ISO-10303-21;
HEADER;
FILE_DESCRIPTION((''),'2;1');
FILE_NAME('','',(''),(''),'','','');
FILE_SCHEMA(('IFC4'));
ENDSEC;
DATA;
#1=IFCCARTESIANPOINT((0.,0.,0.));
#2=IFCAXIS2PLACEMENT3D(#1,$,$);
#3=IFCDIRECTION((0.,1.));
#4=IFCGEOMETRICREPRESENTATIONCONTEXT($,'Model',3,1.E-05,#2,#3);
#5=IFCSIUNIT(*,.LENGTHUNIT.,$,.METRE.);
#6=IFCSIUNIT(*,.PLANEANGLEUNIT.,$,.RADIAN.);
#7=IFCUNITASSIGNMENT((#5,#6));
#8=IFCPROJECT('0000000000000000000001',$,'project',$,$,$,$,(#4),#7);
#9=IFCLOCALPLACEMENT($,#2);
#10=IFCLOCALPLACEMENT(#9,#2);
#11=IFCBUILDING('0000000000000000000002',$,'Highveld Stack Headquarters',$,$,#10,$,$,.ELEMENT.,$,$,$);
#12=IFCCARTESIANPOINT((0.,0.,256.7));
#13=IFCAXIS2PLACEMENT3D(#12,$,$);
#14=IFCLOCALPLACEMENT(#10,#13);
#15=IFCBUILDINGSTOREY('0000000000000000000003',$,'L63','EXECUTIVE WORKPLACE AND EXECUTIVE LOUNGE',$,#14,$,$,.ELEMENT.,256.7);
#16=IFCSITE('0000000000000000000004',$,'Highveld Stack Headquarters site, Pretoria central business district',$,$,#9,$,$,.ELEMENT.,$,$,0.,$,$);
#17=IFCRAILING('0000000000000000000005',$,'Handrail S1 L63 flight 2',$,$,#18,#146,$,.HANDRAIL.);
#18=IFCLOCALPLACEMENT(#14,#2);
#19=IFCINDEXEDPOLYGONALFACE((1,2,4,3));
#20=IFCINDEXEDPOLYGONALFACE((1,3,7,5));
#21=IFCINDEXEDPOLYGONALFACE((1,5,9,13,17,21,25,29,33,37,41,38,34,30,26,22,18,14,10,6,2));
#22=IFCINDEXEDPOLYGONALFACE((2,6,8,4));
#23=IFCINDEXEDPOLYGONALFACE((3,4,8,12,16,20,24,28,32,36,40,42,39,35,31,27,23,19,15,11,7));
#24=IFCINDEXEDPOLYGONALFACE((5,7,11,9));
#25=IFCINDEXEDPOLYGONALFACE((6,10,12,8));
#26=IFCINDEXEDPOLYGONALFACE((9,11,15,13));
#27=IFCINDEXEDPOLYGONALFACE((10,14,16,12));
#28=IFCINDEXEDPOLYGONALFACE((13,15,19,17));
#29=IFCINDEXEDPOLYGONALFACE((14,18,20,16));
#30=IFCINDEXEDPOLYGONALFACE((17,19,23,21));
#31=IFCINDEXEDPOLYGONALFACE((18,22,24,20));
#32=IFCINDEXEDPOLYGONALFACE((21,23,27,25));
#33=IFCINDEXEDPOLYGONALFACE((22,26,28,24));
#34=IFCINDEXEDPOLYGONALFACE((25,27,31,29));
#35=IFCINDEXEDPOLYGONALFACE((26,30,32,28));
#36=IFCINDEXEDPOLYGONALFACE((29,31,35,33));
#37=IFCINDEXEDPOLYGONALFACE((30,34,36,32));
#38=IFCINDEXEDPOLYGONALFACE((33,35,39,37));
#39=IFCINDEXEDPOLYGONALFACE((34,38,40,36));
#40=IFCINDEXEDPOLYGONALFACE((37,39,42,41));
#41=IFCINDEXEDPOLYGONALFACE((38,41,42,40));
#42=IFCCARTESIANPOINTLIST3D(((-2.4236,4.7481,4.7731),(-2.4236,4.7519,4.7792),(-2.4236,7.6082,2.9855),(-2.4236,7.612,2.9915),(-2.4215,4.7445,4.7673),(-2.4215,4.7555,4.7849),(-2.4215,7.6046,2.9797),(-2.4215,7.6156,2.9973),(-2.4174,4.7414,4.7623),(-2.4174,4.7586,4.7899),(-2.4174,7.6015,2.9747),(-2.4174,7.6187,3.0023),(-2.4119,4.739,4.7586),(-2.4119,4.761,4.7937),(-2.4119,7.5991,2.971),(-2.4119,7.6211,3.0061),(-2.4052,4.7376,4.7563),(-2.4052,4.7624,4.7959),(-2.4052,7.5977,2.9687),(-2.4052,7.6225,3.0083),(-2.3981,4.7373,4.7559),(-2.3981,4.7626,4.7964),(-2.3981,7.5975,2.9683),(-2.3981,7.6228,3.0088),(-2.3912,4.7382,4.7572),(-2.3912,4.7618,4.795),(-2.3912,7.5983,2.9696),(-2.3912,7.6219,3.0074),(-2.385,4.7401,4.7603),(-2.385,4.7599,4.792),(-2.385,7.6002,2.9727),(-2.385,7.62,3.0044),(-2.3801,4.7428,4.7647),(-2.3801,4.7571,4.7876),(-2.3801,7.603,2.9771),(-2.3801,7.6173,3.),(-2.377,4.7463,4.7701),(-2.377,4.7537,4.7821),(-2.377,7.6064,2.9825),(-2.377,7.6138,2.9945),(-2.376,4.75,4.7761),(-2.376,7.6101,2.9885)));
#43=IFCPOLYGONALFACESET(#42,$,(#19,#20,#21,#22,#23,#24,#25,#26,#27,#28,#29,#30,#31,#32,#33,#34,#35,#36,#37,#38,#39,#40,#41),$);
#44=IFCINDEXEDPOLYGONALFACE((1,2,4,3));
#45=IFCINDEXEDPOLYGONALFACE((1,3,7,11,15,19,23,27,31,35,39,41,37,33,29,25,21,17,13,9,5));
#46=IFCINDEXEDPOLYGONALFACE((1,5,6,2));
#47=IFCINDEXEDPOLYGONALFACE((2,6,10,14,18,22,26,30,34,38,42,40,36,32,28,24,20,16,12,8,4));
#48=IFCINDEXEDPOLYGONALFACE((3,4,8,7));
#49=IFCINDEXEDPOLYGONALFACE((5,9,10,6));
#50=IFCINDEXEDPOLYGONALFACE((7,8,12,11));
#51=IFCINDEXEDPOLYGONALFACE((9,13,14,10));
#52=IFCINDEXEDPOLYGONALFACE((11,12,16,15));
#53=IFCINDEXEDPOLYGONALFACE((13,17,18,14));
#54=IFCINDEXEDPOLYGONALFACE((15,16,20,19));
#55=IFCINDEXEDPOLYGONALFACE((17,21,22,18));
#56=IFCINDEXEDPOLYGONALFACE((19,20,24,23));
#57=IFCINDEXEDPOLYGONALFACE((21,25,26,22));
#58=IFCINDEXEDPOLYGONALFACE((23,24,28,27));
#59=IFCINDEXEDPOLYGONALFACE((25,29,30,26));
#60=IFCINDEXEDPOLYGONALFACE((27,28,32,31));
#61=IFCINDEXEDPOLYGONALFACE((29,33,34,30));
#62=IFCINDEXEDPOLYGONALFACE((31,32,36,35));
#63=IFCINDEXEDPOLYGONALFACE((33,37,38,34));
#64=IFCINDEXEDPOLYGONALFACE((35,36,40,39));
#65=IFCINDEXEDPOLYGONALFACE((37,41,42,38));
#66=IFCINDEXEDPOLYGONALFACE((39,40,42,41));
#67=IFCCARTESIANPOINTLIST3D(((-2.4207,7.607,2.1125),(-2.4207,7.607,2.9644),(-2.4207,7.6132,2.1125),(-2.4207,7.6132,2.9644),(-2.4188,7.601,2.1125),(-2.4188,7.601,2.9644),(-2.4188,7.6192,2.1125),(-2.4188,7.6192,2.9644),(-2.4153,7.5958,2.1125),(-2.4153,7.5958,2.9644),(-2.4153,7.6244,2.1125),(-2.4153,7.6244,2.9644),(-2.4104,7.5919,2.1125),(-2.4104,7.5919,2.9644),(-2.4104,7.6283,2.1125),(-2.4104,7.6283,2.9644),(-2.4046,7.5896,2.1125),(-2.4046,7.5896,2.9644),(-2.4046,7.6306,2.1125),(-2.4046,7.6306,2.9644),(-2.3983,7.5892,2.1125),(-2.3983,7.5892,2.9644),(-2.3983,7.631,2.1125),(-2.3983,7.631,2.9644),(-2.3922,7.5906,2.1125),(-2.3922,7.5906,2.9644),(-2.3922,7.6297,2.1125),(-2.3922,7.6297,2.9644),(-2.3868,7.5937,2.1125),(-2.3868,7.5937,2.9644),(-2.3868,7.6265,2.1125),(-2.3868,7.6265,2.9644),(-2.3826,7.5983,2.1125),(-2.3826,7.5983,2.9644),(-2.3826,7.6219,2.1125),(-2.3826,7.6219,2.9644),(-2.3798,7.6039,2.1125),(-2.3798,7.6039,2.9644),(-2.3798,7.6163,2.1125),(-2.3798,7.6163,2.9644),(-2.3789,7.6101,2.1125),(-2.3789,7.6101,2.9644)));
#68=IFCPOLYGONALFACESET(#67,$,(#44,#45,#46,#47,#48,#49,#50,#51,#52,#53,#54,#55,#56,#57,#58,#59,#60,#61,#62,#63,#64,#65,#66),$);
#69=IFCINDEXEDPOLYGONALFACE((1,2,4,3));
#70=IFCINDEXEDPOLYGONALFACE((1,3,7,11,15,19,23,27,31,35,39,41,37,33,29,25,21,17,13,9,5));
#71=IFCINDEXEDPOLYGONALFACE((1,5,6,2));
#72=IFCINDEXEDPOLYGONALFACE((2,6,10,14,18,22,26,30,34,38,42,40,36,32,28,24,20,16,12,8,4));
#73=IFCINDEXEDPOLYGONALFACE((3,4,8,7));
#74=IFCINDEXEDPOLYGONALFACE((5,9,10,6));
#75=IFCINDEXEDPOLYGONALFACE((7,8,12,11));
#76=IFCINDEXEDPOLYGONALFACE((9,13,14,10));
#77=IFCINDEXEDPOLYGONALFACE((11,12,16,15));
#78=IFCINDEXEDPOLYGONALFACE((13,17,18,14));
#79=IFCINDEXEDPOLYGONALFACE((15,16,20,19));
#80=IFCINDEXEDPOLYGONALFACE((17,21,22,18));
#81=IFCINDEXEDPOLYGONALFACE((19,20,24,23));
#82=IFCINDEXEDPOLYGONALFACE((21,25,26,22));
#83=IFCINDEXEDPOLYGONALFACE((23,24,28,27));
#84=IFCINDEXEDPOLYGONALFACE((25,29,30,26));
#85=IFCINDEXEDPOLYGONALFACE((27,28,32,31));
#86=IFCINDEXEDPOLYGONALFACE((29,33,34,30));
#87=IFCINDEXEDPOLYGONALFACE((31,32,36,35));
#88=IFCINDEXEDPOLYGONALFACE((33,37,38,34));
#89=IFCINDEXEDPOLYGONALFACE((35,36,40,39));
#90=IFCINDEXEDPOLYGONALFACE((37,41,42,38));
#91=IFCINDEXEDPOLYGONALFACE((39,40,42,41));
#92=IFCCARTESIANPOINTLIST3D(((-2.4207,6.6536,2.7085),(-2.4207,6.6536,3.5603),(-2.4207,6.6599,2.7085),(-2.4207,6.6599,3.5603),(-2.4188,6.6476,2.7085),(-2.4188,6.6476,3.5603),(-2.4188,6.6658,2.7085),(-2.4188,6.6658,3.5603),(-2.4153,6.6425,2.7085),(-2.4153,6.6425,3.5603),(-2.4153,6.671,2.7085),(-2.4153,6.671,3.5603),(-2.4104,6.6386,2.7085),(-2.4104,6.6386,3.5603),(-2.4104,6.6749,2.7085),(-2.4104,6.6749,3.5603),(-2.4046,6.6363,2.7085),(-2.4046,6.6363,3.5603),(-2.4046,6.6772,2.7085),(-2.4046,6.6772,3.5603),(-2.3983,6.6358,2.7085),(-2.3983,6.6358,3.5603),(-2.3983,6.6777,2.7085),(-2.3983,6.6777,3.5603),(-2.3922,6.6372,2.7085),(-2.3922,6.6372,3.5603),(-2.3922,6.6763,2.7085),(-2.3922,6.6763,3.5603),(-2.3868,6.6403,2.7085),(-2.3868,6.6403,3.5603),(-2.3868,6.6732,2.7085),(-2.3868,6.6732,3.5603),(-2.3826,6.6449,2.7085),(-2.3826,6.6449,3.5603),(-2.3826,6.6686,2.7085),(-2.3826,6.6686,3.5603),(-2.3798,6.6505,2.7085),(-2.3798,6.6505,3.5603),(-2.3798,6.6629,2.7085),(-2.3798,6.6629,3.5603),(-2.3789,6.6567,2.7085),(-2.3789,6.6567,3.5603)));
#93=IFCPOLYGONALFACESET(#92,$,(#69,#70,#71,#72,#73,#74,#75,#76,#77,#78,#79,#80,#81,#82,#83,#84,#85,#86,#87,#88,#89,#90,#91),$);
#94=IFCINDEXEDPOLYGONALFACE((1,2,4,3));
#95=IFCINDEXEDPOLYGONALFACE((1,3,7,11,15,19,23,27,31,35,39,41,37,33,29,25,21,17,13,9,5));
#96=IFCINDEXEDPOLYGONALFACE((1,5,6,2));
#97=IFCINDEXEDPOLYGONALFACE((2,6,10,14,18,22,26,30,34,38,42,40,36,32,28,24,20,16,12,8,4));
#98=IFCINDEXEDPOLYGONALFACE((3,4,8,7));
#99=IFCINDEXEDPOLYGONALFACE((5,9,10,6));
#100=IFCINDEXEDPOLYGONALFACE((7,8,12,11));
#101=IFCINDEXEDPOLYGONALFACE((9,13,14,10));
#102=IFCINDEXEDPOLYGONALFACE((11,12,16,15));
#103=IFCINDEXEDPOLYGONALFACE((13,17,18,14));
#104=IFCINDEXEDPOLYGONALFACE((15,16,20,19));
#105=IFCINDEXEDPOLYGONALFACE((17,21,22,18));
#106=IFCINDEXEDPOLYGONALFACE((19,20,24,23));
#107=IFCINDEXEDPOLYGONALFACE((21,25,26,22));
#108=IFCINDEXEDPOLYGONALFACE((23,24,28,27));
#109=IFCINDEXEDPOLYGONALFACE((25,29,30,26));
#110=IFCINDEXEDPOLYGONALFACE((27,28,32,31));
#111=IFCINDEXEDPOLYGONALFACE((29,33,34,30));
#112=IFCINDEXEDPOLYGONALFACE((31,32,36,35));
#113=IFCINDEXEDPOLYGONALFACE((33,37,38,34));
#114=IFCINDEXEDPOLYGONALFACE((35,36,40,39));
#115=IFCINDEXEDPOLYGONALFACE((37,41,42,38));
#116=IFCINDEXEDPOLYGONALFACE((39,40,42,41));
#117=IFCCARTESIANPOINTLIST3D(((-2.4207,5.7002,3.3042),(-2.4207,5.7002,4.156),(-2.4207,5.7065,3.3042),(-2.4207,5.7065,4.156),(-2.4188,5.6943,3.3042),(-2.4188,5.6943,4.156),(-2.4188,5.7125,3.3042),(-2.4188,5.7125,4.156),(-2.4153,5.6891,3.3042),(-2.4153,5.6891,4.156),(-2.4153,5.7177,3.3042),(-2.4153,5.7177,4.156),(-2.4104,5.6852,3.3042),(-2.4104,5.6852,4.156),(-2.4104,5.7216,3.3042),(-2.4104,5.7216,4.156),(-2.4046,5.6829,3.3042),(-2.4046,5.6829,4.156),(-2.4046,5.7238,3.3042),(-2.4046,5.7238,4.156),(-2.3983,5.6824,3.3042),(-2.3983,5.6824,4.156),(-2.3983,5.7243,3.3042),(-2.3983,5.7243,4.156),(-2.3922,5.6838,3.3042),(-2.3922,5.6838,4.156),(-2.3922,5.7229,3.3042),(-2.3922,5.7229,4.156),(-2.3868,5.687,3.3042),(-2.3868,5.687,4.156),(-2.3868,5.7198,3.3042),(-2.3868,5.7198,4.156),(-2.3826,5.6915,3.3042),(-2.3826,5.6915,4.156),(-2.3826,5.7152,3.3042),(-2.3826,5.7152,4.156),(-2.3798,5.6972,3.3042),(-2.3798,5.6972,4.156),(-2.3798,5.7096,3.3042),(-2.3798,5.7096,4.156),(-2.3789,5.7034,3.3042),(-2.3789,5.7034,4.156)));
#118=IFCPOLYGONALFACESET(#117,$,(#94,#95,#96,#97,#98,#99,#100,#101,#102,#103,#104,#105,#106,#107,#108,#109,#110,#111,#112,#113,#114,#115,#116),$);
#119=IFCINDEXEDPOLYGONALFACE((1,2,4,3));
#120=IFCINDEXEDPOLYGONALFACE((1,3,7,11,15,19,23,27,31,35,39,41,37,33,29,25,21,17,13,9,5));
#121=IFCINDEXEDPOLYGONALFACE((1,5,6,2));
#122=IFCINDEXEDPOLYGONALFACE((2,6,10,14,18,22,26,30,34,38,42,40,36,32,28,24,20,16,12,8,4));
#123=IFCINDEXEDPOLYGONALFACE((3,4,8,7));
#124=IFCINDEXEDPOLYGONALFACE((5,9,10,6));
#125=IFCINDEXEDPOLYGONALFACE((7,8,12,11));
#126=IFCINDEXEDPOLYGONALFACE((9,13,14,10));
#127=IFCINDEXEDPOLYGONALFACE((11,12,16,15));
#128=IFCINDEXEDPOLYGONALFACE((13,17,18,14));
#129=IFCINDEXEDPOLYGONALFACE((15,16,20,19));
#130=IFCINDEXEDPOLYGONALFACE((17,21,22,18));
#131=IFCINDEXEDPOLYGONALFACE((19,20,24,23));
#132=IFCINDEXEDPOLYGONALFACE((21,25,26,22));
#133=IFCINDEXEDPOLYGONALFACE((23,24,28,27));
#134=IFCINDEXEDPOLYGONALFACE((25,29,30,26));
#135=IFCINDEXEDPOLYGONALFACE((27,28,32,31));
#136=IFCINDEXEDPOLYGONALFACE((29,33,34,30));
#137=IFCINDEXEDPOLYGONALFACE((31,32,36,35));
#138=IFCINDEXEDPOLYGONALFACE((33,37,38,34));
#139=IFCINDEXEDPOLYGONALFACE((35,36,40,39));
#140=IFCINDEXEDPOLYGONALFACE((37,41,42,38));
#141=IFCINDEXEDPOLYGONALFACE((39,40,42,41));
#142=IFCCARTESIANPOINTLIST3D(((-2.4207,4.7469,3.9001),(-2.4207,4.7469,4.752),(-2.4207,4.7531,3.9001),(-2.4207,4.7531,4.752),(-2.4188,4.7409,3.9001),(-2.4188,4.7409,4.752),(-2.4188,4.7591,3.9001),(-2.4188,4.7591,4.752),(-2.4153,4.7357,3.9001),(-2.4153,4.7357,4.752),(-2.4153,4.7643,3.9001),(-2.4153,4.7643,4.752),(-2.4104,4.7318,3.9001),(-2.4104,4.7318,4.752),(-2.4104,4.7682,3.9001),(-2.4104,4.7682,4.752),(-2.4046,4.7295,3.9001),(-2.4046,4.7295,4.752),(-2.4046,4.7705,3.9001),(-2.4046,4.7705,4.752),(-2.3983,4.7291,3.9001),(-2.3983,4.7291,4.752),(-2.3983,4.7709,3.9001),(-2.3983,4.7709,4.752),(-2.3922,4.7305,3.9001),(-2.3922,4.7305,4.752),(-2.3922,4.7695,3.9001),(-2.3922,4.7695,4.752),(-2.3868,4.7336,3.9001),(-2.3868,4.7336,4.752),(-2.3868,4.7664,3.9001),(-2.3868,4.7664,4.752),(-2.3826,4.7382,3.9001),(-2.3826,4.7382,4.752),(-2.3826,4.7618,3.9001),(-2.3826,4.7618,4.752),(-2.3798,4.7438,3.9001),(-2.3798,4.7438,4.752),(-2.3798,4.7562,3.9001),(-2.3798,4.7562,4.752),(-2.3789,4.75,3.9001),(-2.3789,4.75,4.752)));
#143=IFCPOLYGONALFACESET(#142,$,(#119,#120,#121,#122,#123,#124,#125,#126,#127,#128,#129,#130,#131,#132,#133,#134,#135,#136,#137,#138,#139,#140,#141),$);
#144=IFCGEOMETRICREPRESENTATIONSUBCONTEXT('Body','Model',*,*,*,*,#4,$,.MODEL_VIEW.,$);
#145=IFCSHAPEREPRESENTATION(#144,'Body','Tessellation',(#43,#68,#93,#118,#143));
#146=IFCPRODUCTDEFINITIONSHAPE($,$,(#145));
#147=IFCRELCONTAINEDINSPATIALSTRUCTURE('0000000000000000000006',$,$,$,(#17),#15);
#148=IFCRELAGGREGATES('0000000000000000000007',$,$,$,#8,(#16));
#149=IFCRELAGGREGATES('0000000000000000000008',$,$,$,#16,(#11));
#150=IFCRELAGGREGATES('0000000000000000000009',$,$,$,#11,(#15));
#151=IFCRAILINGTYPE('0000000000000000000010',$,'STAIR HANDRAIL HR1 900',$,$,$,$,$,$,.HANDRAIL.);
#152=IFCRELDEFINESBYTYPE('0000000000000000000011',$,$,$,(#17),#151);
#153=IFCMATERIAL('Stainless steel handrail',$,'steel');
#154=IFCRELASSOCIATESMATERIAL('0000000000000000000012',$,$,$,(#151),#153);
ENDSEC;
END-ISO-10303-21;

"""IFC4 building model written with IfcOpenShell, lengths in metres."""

from ifc_helpers import new_model, si_unit, direction, frame, origin, origin_2d, place, context, subcontext, project, spatial, circle, extrude, material, type_object, element, save


model = new_model("IFC4")

# Units and contexts
model_context = context("Model", 3, precision=1e-05, world=origin(), true_north=direction((0.0, 1.0)))
body_context = subcontext(model_context, "Body", "Model", "MODEL_VIEW")
ifc_project = project(units=[si_unit("LENGTHUNIT", "METRE"), si_unit("PLANEANGLEUNIT", "RADIAN")], contexts=[model_context])

# Site, building, storey
site_placement = place(None, origin())
site = spatial("IfcSite", under=ifc_project, at=site_placement, Name="Highveld Stack Headquarters site, Pretoria central business district", CompositionType="ELEMENT", RefElevation=0.0)
building_placement = place(site_placement, origin())
building = spatial("IfcBuilding", under=site, at=building_placement, Name="Highveld Stack Headquarters", CompositionType="ELEMENT")
storey_placement = place(building_placement, frame((0.0, 0.0, 256.7)))
storey = spatial("IfcBuildingStorey", under=building, at=storey_placement, Name="L63", Description="EXECUTIVE WORKPLACE AND EXECUTIVE LOUNGE", CompositionType="ELEMENT", Elevation=256.7)

# Railing
ifc_material_1 = material(Name="Stainless steel handrail", Category="steel")
railing_type = type_object("IfcRailingType", Name="STAIR HANDRAIL HR1 900", PredefinedType="HANDRAIL", material=ifc_material_1)
for number, where, name in (
    (1, (-2.3999, 7.6101, 2.1125), "Handrail S1 L63 flight 2"),
):
    element("IfcRailing", number, at=place(storey_placement, frame(where)), inside=storey, type_object=railing_type, Name=name, PredefinedType="HANDRAIL", context=body_context, shape_type="SweptSolid", body=[
        extrude(circle(Radius=0.0239, at=origin_2d()), frame((0.0, 0.0, 0.876), z_axis=(0.0, -0.847994, 0.530005), x_axis=(1.0, 0.0, 0.0)), (0.0, 0.0, 1.0), 3.3728),
        extrude(circle(Radius=0.021, at=origin_2d()), origin(), (0.0, 0.0, 1.0), 0.8518),
        extrude(circle(Radius=0.021, at=origin_2d()), frame((0.0, -0.9534, 0.5959)), (0.0, 0.0, 1.0), 0.8518),
        extrude(circle(Radius=0.021, at=origin_2d()), frame((0.0, -1.9067, 1.1917)), (0.0, 0.0, 1.0), 0.8518),
        extrude(circle(Radius=0.021, at=origin_2d()), frame((0.0, -2.8601, 1.7876)), (0.0, 0.0, 1.0), 0.8518),
    ])

save(model, "model.ifc")
